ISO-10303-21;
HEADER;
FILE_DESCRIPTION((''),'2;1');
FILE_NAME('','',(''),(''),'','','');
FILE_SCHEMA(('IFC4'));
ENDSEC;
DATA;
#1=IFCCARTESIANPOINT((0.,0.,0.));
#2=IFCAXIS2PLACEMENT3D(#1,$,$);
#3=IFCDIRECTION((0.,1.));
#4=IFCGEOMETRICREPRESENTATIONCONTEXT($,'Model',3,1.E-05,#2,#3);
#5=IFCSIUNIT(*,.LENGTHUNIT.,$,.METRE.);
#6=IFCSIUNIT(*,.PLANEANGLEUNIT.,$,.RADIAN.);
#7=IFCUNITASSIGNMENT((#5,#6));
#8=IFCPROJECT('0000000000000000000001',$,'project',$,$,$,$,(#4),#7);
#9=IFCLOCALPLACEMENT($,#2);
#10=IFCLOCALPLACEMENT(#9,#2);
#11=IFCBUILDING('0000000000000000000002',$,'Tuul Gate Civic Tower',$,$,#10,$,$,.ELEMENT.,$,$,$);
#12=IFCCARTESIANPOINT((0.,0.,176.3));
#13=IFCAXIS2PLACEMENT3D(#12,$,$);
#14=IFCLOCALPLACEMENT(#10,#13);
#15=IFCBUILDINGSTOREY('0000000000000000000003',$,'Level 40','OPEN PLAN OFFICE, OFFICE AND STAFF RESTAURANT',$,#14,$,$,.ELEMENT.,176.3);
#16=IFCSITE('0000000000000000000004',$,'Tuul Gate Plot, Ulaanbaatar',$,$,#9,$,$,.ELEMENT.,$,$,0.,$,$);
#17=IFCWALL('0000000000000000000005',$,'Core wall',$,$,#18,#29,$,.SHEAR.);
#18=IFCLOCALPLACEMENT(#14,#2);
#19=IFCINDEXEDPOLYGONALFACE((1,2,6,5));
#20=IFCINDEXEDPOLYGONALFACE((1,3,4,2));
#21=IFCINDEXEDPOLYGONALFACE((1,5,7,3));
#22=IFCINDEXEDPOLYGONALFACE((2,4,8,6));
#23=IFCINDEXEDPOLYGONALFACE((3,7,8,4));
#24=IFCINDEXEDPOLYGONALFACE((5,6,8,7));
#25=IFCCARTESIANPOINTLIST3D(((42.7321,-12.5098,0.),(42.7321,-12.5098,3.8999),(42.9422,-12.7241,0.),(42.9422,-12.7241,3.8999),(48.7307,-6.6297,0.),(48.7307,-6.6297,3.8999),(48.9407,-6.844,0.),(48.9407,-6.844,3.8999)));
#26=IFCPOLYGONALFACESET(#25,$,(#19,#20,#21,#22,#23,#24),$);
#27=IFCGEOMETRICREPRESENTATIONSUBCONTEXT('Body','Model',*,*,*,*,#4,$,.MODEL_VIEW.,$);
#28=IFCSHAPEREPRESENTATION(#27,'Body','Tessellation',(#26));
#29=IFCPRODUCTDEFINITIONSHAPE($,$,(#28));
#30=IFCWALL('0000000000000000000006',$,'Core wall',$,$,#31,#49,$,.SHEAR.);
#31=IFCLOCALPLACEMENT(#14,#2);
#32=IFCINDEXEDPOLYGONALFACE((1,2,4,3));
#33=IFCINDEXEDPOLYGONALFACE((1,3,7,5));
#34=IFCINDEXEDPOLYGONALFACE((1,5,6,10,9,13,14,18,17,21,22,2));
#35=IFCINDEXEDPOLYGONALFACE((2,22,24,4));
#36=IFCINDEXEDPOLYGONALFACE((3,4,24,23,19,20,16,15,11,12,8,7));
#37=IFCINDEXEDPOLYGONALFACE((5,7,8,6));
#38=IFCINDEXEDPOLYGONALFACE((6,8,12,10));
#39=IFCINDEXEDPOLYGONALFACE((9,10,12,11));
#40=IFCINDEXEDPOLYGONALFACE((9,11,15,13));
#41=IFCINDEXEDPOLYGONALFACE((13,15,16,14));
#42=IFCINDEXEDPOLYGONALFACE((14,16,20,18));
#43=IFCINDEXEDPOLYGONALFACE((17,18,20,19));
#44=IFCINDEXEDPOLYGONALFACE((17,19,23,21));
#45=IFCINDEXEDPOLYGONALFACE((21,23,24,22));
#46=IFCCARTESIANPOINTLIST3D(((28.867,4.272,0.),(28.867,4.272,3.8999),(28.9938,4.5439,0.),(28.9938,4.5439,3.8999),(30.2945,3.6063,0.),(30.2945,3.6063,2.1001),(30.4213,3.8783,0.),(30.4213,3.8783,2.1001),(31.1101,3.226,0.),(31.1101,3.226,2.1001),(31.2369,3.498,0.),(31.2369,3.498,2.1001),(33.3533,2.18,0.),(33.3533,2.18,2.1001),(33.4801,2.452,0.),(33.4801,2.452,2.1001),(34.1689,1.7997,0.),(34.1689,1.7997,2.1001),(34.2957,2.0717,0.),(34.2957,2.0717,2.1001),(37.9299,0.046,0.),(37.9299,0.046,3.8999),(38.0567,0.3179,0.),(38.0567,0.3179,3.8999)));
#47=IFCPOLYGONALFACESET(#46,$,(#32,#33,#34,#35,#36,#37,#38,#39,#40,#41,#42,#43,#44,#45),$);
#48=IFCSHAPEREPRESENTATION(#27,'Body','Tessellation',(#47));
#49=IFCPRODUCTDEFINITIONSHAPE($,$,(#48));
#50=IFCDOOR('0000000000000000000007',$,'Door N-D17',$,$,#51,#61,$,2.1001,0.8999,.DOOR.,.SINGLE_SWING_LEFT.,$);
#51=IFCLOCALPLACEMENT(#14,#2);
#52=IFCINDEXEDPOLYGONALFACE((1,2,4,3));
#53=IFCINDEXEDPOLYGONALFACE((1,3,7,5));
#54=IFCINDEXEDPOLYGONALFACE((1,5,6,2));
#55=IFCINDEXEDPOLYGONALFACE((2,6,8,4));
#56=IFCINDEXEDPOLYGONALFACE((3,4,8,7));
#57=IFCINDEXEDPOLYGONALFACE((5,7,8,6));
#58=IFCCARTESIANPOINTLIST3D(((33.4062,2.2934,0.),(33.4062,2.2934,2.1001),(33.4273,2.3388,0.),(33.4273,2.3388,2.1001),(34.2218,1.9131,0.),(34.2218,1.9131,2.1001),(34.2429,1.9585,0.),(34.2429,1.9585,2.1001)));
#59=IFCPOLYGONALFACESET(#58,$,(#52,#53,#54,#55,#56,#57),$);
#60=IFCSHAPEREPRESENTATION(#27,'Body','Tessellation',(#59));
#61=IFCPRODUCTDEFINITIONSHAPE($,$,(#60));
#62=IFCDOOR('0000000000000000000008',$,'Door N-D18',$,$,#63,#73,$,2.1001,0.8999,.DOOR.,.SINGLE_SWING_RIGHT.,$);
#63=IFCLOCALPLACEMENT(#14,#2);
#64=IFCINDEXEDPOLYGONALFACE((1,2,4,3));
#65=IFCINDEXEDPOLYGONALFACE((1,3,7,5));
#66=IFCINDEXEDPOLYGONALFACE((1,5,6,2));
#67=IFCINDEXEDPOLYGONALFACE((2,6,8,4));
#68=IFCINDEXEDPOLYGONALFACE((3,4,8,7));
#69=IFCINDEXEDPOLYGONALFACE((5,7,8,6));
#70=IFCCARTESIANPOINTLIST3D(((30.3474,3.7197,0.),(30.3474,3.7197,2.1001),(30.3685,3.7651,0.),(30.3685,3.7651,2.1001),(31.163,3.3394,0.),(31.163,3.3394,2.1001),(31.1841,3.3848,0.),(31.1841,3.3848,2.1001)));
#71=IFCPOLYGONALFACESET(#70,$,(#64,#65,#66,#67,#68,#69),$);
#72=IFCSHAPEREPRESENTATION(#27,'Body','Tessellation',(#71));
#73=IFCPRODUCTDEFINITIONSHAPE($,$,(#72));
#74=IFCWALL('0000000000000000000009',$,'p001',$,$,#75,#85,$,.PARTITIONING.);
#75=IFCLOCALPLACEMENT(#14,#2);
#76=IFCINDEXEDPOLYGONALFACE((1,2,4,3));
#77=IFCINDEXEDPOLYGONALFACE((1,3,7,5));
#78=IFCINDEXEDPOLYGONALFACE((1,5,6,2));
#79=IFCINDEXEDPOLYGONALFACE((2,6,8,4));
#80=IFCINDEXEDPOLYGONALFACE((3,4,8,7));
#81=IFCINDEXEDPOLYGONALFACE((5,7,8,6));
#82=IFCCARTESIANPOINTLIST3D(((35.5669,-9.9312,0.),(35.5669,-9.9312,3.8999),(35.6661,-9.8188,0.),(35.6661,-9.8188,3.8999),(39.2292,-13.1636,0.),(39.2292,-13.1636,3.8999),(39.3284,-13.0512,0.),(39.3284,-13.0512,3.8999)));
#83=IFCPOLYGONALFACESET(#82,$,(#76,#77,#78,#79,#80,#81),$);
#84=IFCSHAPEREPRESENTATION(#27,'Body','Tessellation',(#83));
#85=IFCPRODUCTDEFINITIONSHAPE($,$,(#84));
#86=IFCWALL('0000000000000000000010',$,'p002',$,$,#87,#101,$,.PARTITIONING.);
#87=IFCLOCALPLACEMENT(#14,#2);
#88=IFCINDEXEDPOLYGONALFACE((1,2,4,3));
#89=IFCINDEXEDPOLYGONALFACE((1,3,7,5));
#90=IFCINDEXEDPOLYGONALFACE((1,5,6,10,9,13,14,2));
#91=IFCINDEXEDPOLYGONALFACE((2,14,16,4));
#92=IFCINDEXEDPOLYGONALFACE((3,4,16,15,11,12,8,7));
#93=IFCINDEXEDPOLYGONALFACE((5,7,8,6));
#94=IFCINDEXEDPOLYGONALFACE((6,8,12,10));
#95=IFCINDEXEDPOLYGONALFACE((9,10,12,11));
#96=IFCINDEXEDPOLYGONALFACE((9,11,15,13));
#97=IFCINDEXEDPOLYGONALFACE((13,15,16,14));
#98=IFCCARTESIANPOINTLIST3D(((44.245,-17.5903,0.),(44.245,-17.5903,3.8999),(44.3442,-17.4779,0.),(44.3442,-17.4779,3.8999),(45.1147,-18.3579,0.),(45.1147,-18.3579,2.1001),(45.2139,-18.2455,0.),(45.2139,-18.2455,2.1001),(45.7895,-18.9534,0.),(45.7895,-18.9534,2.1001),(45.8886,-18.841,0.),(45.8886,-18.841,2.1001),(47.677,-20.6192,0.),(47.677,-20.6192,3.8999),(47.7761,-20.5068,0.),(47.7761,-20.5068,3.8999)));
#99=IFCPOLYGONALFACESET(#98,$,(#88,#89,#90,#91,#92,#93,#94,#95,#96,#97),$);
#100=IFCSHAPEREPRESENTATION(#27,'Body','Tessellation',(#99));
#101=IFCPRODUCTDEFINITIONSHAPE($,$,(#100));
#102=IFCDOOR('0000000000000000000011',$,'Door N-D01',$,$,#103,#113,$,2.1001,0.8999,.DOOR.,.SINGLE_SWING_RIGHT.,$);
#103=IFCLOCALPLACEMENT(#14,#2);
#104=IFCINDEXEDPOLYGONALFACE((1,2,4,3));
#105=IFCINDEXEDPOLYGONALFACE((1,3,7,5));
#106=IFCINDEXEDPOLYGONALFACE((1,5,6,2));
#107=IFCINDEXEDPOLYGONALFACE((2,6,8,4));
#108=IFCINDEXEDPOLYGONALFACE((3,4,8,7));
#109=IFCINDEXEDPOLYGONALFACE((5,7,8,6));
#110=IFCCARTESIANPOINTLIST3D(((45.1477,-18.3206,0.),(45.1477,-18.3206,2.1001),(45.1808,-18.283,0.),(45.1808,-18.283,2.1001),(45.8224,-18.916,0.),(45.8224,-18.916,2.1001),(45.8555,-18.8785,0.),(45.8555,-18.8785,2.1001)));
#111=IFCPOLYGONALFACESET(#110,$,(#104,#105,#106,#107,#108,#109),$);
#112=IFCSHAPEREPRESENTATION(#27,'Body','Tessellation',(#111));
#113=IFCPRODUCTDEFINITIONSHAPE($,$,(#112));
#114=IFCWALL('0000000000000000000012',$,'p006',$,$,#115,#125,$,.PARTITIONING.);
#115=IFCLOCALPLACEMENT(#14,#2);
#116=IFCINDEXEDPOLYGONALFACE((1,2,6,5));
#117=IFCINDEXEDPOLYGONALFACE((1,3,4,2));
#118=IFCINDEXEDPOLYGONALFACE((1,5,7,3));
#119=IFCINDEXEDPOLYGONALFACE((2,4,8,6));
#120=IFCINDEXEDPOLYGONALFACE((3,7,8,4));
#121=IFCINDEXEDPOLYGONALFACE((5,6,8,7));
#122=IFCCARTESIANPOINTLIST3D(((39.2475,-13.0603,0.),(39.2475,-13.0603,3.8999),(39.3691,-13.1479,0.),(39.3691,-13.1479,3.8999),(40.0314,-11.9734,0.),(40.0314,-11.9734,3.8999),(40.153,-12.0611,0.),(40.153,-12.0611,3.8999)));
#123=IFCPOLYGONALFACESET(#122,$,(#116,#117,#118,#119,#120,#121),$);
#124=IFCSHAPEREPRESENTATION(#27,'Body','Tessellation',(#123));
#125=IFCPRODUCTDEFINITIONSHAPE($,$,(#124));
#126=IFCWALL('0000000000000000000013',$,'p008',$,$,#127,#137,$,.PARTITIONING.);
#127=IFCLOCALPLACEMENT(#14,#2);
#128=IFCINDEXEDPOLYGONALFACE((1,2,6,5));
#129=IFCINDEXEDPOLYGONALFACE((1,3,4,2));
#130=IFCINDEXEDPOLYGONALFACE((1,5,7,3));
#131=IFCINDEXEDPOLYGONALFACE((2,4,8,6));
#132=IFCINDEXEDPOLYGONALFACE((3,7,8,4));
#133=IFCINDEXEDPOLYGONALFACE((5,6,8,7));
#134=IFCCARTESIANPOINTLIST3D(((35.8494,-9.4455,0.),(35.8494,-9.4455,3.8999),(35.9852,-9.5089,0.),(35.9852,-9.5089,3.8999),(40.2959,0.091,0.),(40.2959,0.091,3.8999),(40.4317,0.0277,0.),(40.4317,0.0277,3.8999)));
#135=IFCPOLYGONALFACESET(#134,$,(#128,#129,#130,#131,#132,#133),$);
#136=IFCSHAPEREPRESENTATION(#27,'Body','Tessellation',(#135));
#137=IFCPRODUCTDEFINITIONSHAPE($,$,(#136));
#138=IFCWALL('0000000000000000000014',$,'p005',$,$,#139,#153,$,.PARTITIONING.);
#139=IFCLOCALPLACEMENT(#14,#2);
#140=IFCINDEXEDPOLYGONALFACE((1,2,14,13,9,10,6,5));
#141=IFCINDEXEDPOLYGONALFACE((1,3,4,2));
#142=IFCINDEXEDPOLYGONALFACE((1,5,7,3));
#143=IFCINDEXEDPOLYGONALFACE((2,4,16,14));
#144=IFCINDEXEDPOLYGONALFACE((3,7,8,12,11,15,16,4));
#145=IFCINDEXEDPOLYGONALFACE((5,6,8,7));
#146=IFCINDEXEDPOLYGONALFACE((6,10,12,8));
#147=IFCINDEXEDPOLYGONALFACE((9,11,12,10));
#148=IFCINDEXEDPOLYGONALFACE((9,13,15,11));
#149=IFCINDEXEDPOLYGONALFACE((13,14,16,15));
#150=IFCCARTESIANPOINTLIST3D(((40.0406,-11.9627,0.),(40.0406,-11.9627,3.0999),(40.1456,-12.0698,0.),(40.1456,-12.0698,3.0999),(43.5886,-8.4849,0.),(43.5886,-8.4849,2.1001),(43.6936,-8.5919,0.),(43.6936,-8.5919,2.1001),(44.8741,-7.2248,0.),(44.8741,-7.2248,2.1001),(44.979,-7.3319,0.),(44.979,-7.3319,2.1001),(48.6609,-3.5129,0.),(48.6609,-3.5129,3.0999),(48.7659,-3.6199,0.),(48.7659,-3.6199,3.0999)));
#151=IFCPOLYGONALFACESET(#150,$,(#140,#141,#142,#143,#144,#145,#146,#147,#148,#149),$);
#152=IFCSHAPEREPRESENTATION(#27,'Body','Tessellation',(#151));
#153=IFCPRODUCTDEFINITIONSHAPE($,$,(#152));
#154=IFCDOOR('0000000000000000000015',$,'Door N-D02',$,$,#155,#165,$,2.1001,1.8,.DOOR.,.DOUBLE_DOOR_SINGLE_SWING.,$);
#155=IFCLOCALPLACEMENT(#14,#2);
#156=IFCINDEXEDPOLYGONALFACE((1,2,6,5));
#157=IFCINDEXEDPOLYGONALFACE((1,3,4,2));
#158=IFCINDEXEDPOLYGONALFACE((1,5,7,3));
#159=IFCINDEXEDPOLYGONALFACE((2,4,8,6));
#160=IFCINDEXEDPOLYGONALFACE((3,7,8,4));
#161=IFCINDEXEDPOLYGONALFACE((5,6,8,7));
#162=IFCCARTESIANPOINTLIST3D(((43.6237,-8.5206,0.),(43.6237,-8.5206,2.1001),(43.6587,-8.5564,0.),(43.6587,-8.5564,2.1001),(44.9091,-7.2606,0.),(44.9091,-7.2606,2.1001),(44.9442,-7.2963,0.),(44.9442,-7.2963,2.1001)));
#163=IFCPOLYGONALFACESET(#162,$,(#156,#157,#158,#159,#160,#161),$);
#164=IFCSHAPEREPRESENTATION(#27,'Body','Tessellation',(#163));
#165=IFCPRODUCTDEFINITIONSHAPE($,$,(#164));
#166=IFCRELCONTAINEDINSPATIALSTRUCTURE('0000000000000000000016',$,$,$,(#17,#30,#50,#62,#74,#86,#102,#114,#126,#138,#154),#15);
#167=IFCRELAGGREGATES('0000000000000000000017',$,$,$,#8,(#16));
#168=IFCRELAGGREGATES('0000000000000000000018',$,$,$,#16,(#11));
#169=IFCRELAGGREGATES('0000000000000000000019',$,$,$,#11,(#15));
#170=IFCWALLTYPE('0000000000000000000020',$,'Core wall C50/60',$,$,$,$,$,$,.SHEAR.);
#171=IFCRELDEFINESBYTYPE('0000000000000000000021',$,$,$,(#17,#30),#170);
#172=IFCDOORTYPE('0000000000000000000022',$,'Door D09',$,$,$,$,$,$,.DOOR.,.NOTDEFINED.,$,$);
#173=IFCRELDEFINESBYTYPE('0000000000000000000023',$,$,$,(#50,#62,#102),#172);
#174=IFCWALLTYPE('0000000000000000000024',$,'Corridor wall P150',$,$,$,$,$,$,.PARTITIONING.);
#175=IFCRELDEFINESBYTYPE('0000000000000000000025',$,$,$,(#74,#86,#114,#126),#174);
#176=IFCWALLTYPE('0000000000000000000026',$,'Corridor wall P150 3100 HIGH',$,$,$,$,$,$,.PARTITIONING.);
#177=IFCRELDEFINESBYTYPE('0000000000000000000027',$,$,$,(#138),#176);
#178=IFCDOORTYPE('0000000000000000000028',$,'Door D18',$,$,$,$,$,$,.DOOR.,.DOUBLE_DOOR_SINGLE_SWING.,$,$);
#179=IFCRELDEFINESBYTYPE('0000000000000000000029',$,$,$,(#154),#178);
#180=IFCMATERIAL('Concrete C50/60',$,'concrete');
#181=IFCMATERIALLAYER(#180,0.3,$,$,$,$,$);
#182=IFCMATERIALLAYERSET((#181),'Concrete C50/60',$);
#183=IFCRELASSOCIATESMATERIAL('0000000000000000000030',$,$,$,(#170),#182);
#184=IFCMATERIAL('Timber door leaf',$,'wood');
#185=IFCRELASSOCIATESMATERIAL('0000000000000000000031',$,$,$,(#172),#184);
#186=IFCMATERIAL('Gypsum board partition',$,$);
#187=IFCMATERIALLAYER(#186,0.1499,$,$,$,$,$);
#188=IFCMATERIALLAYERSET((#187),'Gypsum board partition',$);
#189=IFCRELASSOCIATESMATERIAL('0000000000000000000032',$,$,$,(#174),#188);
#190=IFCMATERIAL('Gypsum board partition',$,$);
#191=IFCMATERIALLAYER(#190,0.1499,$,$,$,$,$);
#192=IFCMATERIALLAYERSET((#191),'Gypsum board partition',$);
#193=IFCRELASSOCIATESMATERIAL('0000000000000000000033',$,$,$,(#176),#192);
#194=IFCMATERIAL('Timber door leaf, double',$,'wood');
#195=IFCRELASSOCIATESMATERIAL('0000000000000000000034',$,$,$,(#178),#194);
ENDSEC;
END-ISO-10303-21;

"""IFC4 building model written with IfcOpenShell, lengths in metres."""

from ifc_helpers import new_model, si_unit, direction, frame, frame_2d, origin, place, context, subcontext, project, spatial, rectangle, extrude, material, layer, layer_set, type_object, element, fill, save


model = new_model("IFC4")

# Units and contexts
model_context = context("Model", 3, precision=1e-05, world=origin(), true_north=direction((0.0, 1.0)))
body_context = subcontext(model_context, "Body", "Model", "MODEL_VIEW")
ifc_project = project(units=[si_unit("LENGTHUNIT", "METRE"), si_unit("PLANEANGLEUNIT", "RADIAN")], contexts=[model_context])

# Site, building, storey
site_placement = place(None, origin())
site = spatial("IfcSite", under=ifc_project, at=site_placement, Name="Tuul Gate Plot, Ulaanbaatar", CompositionType="ELEMENT", RefElevation=0.0)
building_placement = place(site_placement, origin())
building = spatial("IfcBuilding", under=site, at=building_placement, Name="Tuul Gate Civic Tower", CompositionType="ELEMENT")
storey_placement = place(building_placement, frame((0.0, 0.0, 176.3)))
storey = spatial("IfcBuildingStorey", under=building, at=storey_placement, Name="Level 40", Description="OPEN PLAN OFFICE, OFFICE AND STAFF RESTAURANT", CompositionType="ELEMENT", Elevation=176.3)

# Shared definitions
ifc_material_1 = material(Name="Concrete C50/60", Category="concrete")
ifc_layer_1 = layer(ifc_material_1, 0.3)
ifc_layer_set_1 = layer_set([ifc_layer_1], Name="Concrete C50/60")
wall_type_1 = type_object("IfcWallType", Name="Core wall C50/60", PredefinedType="SHEAR", material=ifc_layer_set_1)

# Wall
wall_1_placement = place(storey_placement, frame((42.8372, -12.6169, 0.0), z_axis=(0.0, 0.0, 1.0), x_axis=(0.71412, 0.700023, 0.0)))
element("IfcWall", 1, at=wall_1_placement, inside=storey, type_object=wall_type_1, Name="Core wall", PredefinedType="SHEAR", context=body_context, shape_type="SweptSolid", body=[
    extrude(rectangle(XDim=8.3999, YDim=0.3, at=frame_2d((4.2, 0.0))), origin(), (0.0, 0.0, 1.0), 3.8999),
])

# Wall, openings, doors
wall_2_placement = place(storey_placement, frame((37.9934, 0.1819, 0.0), z_axis=(0.0, 0.0, 1.0), x_axis=(-0.90631, 0.422613, 0.0)))
wall_2 = element("IfcWall", 2, at=wall_2_placement, inside=storey, type_object=wall_type_1, Name="Core wall", PredefinedType="SHEAR", context=body_context, shape_type="SweptSolid", body=[
    extrude(rectangle(XDim=9.9998, YDim=0.3, at=frame_2d((5.0, 0.0))), origin(), (0.0, 0.0, 1.0), 3.8999),
])
opening_1_placement = place(wall_2_placement, frame((4.1499, 0.0, 0.0)))
opening_1 = element("IfcOpeningElement", 3, at=opening_1_placement, cuts=wall_2, PredefinedType="OPENING", context=body_context, shape_type="SweptSolid", body=[
    extrude(rectangle(XDim=0.8999, YDim=2.1001, at=frame_2d((0.45, 1.05))), frame((0.0, 0.1602, 0.0), z_axis=(0.0, -1.0, 0.0), x_axis=(1.0, 0.0, 0.0)), (0.0, 0.0, 1.0), 0.3201),
])
opening_2_placement = place(wall_2_placement, frame((7.5249, 0.0, 0.0)))
opening_2 = element("IfcOpeningElement", 4, at=opening_2_placement, cuts=wall_2, PredefinedType="OPENING", context=body_context, shape_type="SweptSolid", body=[
    extrude(rectangle(XDim=0.8999, YDim=2.1001, at=frame_2d((0.45, 1.05))), frame((0.0, 0.1602, 0.0), z_axis=(0.0, -1.0, 0.0), x_axis=(1.0, 0.0, 0.0)), (0.0, 0.0, 1.0), 0.3201),
])
ifc_material_2 = material(Name="Timber door leaf", Category="wood")
door_type_1 = type_object("IfcDoorType", Name="Door D09", OperationType="NOTDEFINED", PredefinedType="DOOR", material=ifc_material_2)
door_1_placement = place(opening_1_placement, origin())
door_1 = element("IfcDoor", 5, at=door_1_placement, inside=storey, type_object=door_type_1, Name="Door N-D17", OperationType="SINGLE_SWING_LEFT", OverallHeight=2.1001, OverallWidth=0.8999, PredefinedType="DOOR", context=body_context, shape_type="SweptSolid", body=[
    extrude(rectangle(XDim=0.8999, YDim=2.1001, at=frame_2d((0.45, 1.05))), frame((0.0, 0.0249, 0.0), z_axis=(0.0, -1.0, 0.0), x_axis=(1.0, 0.0, 0.0)), (0.0, 0.0, 1.0), 0.05),
])
fill(opening_1, door_1)
door_2_placement = place(opening_2_placement, origin())
door_2 = element("IfcDoor", 6, at=door_2_placement, inside=storey, type_object=door_type_1, Name="Door N-D18", OperationType="SINGLE_SWING_RIGHT", OverallHeight=2.1001, OverallWidth=0.8999, PredefinedType="DOOR", context=body_context, shape_type="SweptSolid", body=[
    extrude(rectangle(XDim=0.8999, YDim=2.1001, at=frame_2d((0.45, 1.05))), frame((0.0, 0.0249, 0.0), z_axis=(0.0, -1.0, 0.0), x_axis=(1.0, 0.0, 0.0)), (0.0, 0.0, 1.0), 0.05),
])
fill(opening_2, door_2)

# Wall
ifc_material_3 = material(Name="Gypsum board partition")
ifc_layer_2 = layer(ifc_material_3, 0.1499)
ifc_layer_set_2 = layer_set([ifc_layer_2], Name="Gypsum board partition")
wall_type_2 = type_object("IfcWallType", Name="Corridor wall P150", PredefinedType="PARTITIONING", material=ifc_layer_set_2)
wall_3_placement = place(storey_placement, frame((35.6165, -9.875, 0.0), z_axis=(0.0, 0.0, 1.0), x_axis=(0.749743, -0.661729, 0.0)))
element("IfcWall", 7, at=wall_3_placement, inside=storey, type_object=wall_type_2, Name="p001", PredefinedType="PARTITIONING", context=body_context, shape_type="SweptSolid", body=[
    extrude(rectangle(XDim=4.8848, YDim=0.1499, at=frame_2d((2.4424, 0.0))), origin(), (0.0, 0.0, 1.0), 3.8999),
])

# Wall, opening, door
wall_4_placement = place(storey_placement, frame((44.2947, -17.5342, 0.0), z_axis=(0.0, 0.0, 1.0), x_axis=(0.749765, -0.661705, 0.0)))
wall_4 = element("IfcWall", 8, at=wall_4_placement, inside=storey, type_object=wall_type_2, Name="p002", PredefinedType="PARTITIONING", context=body_context, shape_type="SweptSolid", body=[
    extrude(rectangle(XDim=4.5774, YDim=0.1499, at=frame_2d((2.2886, 0.0))), origin(), (0.0, 0.0, 1.0), 3.8999),
])
opening_3_placement = place(wall_4_placement, frame((1.1599, 0.0, 0.0)))
opening_3 = element("IfcOpeningElement", 9, at=opening_3_placement, cuts=wall_4, PredefinedType="OPENING", context=body_context, shape_type="SweptSolid", body=[
    extrude(rectangle(XDim=0.8999, YDim=2.1001, at=frame_2d((0.45, 1.05))), frame((0.0, 0.085, 0.0), z_axis=(0.0, -1.0, 0.0), x_axis=(1.0, 0.0, 0.0)), (0.0, 0.0, 1.0), 0.1699),
])
door_3_placement = place(opening_3_placement, origin())
door_3 = element("IfcDoor", 10, at=door_3_placement, inside=storey, type_object=door_type_1, Name="Door N-D01", OperationType="SINGLE_SWING_RIGHT", OverallHeight=2.1001, OverallWidth=0.8999, PredefinedType="DOOR", context=body_context, shape_type="SweptSolid", body=[
    extrude(rectangle(XDim=0.8999, YDim=2.1001, at=frame_2d((0.45, 1.05))), frame((0.0, 0.0249, 0.0), z_axis=(0.0, -1.0, 0.0), x_axis=(1.0, 0.0, 0.0)), (0.0, 0.0, 1.0), 0.05),
])
fill(opening_3, door_3)

# Walls
wall_5_placement = place(storey_placement, frame((39.3083, -13.104, 0.0), z_axis=(0.0, 0.0, 1.0), x_axis=(0.584972, 0.811054, 0.0)))
element("IfcWall", 11, at=wall_5_placement, inside=storey, type_object=wall_type_2, Name="p006", PredefinedType="PARTITIONING", context=body_context, shape_type="SweptSolid", body=[
    extrude(rectangle(XDim=1.3401, YDim=0.1499, at=frame_2d((0.6699, 0.0))), origin(), (0.0, 0.0, 1.0), 3.8999),
])
wall_6_placement = place(storey_placement, frame((35.9172, -9.4773, 0.0), z_axis=(0.0, 0.0, 1.0), x_axis=(0.422582, 0.906325, 0.0)))
element("IfcWall", 12, at=wall_6_placement, inside=storey, type_object=wall_type_2, Name="p008", PredefinedType="PARTITIONING", context=body_context, shape_type="SweptSolid", body=[
    extrude(rectangle(XDim=10.5222, YDim=0.1499, at=frame_2d((5.2612, 0.0))), origin(), (0.0, 0.0, 1.0), 3.8999),
])

# Wall, opening, door
ifc_material_4 = material(Name="Gypsum board partition")
ifc_layer_3 = layer(ifc_material_4, 0.1499)
ifc_layer_set_3 = layer_set([ifc_layer_3], Name="Gypsum board partition")
wall_type_3 = type_object("IfcWallType", Name="Corridor wall P150 3100 HIGH", PredefinedType="PARTITIONING", material=ifc_layer_set_3)
wall_7_placement = place(storey_placement, frame((40.093, -12.0164, 0.0), z_axis=(0.0, 0.0, 1.0), x_axis=(0.71413, 0.700013, 0.0)))
wall_7 = element("IfcWall", 13, at=wall_7_placement, inside=storey, type_object=wall_type_3, Name="p005", PredefinedType="PARTITIONING", context=body_context, shape_type="SweptSolid", body=[
    extrude(rectangle(XDim=12.071, YDim=0.1499, at=frame_2d((6.0356, 0.0))), origin(), (0.0, 0.0, 1.0), 3.0999),
])
opening_4_placement = place(wall_7_placement, frame((4.9685, 0.0, 0.0)))
opening_4 = element("IfcOpeningElement", 14, at=opening_4_placement, cuts=wall_7, PredefinedType="OPENING", context=body_context, shape_type="SweptSolid", body=[
    extrude(rectangle(XDim=1.8, YDim=2.1001, at=frame_2d((0.8999, 1.05))), frame((0.0, 0.085, 0.0), z_axis=(0.0, -1.0, 0.0), x_axis=(1.0, 0.0, 0.0)), (0.0, 0.0, 1.0), 0.1699),
])
ifc_material_5 = material(Name="Timber door leaf, double", Category="wood")
door_type_2 = type_object("IfcDoorType", Name="Door D18", OperationType="DOUBLE_DOOR_SINGLE_SWING", PredefinedType="DOOR", material=ifc_material_5)
door_4_placement = place(opening_4_placement, origin())
door_4 = element("IfcDoor", 15, at=door_4_placement, inside=storey, type_object=door_type_2, Name="Door N-D02", OperationType="DOUBLE_DOOR_SINGLE_SWING", OverallHeight=2.1001, OverallWidth=1.8, PredefinedType="DOOR", context=body_context, shape_type="SweptSolid", body=[
    extrude(rectangle(XDim=1.8, YDim=2.1001, at=frame_2d((0.8999, 1.05))), frame((0.0, 0.0249, 0.0), z_axis=(0.0, -1.0, 0.0), x_axis=(1.0, 0.0, 0.0)), (0.0, 0.0, 1.0), 0.05),
])
fill(opening_4, door_4)

save(model, "model.ifc")
